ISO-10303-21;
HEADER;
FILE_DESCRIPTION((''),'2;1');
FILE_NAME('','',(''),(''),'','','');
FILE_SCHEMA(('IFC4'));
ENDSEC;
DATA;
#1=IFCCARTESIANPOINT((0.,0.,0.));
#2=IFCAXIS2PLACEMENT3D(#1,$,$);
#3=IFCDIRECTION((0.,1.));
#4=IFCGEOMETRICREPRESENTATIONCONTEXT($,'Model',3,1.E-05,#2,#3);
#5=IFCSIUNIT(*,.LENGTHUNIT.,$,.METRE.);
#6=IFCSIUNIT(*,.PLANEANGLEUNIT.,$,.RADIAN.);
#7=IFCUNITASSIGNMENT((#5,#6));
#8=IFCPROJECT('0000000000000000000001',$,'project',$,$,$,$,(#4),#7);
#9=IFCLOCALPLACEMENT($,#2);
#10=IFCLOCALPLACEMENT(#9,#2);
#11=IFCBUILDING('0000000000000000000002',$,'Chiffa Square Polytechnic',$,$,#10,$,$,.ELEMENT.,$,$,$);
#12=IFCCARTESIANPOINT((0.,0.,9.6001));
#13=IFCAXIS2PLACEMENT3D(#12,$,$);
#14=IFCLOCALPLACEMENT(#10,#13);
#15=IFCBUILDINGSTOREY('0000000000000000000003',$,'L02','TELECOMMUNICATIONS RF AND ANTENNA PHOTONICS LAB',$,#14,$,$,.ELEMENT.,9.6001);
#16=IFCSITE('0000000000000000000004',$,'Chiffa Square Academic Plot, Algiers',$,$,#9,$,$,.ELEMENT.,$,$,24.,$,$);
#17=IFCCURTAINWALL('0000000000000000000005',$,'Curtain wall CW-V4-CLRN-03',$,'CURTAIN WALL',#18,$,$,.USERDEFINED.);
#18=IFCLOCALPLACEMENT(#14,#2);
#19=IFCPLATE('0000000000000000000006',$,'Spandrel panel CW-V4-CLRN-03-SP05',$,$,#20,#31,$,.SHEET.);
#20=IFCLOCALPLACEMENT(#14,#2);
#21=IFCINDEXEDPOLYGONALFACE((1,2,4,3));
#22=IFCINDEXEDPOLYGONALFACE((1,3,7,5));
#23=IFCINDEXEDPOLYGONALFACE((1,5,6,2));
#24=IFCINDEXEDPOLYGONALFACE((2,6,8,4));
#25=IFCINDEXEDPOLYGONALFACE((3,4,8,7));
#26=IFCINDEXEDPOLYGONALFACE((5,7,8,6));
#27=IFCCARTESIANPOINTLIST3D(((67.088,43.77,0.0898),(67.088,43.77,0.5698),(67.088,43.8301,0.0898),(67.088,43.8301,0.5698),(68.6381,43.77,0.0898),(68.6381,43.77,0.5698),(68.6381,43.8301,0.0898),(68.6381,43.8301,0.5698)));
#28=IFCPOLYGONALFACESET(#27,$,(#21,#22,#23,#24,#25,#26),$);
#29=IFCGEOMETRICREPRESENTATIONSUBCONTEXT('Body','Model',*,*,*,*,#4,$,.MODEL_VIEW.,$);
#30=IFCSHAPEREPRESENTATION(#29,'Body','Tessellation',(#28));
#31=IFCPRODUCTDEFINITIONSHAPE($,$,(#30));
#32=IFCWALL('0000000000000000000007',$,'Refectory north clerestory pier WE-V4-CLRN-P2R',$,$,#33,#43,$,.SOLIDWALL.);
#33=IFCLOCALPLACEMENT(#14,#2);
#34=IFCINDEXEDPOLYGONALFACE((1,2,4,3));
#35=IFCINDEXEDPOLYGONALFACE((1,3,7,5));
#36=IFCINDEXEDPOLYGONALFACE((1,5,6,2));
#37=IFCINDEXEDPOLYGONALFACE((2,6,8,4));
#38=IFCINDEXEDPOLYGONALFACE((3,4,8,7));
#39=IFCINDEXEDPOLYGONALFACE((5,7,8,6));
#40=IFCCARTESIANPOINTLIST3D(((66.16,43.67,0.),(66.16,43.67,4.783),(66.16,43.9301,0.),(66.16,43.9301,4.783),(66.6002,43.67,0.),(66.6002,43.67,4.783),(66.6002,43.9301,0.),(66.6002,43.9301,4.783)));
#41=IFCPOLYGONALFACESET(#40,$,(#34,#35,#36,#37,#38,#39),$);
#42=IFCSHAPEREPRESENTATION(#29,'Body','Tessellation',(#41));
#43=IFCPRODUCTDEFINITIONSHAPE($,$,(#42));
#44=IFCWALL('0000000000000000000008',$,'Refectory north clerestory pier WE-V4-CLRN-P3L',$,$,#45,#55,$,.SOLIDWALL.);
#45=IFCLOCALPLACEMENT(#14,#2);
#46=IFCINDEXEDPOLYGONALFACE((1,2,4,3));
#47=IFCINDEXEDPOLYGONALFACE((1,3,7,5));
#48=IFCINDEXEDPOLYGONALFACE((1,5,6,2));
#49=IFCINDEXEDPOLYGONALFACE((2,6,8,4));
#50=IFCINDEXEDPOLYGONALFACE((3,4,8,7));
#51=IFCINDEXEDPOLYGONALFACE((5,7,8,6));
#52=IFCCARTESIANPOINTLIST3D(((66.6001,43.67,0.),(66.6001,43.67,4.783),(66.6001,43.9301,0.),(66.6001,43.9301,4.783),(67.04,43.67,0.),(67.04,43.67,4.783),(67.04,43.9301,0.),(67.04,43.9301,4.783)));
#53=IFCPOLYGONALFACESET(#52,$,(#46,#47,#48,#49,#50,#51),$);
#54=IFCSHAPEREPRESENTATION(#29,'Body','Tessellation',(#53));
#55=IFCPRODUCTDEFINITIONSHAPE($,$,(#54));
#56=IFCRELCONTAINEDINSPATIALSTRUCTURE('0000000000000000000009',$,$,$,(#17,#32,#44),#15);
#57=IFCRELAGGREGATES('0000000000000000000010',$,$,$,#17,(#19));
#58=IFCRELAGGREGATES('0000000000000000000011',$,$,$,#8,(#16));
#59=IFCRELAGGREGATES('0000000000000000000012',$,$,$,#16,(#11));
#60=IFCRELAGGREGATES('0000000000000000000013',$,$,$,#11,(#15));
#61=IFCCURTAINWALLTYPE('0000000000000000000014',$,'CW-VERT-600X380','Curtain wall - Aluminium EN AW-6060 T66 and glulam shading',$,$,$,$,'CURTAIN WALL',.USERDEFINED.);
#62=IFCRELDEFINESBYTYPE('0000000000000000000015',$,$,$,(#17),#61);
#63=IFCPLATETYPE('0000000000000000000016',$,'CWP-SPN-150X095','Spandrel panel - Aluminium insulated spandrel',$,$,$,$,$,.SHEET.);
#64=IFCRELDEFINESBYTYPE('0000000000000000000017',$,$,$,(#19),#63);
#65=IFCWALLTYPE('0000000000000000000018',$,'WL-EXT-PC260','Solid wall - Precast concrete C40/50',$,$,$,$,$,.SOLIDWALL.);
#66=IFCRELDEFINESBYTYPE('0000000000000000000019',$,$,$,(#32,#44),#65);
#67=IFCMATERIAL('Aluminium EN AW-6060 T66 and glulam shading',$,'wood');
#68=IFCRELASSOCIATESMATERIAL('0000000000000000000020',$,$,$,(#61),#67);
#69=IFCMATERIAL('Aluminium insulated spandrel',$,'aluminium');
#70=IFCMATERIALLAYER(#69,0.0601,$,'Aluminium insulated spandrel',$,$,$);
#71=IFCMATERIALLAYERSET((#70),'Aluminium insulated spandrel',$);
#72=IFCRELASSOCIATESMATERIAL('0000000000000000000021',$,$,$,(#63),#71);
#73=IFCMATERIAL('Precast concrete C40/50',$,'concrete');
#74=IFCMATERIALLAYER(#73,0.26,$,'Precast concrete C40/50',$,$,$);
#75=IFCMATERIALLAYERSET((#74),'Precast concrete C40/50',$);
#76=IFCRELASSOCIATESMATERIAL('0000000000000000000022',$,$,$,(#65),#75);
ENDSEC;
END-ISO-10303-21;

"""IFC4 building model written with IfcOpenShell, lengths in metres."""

from ifc_helpers import new_model, si_unit, direction, frame, frame_2d, origin, origin_2d, place, context, subcontext, project, spatial, rectangle, extrude, material, layer, layer_set, type_object, element, aggregate, save


model = new_model("IFC4")

# Units and contexts
model_context = context("Model", 3, precision=1e-05, world=origin(), true_north=direction((0.0, 1.0)))
body_context = subcontext(model_context, "Body", "Model", "MODEL_VIEW")
ifc_project = project(units=[si_unit("LENGTHUNIT", "METRE"), si_unit("PLANEANGLEUNIT", "RADIAN")], contexts=[model_context])

# Site, building, storey
site_placement = place(None, origin())
site = spatial("IfcSite", under=ifc_project, at=site_placement, Name="Chiffa Square Academic Plot, Algiers", CompositionType="ELEMENT", RefElevation=24.0)
building_placement = place(site_placement, origin())
building = spatial("IfcBuilding", under=site, at=building_placement, Name="Chiffa Square Polytechnic", CompositionType="ELEMENT")
storey_placement = place(building_placement, frame((0.0, 0.0, 9.6001)))
storey = spatial("IfcBuildingStorey", under=building, at=storey_placement, Name="L02", Description="TELECOMMUNICATIONS RF AND ANTENNA PHOTONICS LAB", CompositionType="ELEMENT", Elevation=9.6001)

# Curtain wall
ifc_material_1 = material(Name="Aluminium EN AW-6060 T66 and glulam shading", Category="wood")
curtain_wall_type_1 = type_object("IfcCurtainWallType", Name="CW-VERT-600X380", Description="Curtain wall - Aluminium EN AW-6060 T66 and glulam shading", ElementType="CURTAIN WALL", PredefinedType="USERDEFINED", material=ifc_material_1)
curtain_wall_1_placement = place(storey_placement, origin())
curtain_wall_1 = element("IfcCurtainWall", 1, at=curtain_wall_1_placement, inside=storey, type_object=curtain_wall_type_1, Name="Curtain wall CW-V4-CLRN-03", ObjectType="CURTAIN WALL", PredefinedType="USERDEFINED")

# Plate
ifc_material_2 = material(Name="Aluminium insulated spandrel", Category="aluminium")
ifc_layer_1 = layer(ifc_material_2, 0.0601, Name="Aluminium insulated spandrel")
ifc_layer_set_1 = layer_set([ifc_layer_1], Name="Aluminium insulated spandrel")
plate_type_1 = type_object("IfcPlateType", Name="CWP-SPN-150X095", Description="Spandrel panel - Aluminium insulated spandrel", PredefinedType="SHEET", material=ifc_layer_set_1)
plate_1_placement = place(storey_placement, frame((67.863, 43.8, 0.0898), z_axis=(0.0, 0.0, 1.0), x_axis=(-1.0, 0.0, 0.0)))
plate_1 = element("IfcPlate", 2, at=plate_1_placement, type_object=plate_type_1, Name="Spandrel panel CW-V4-CLRN-03-SP05", PredefinedType="SHEET", context=body_context, shape_type="SweptSolid", body=[
    extrude(rectangle(XDim=1.55, YDim=0.0601, at=origin_2d()), origin(), (0.0, 0.0, 1.0), 0.48),
])
aggregate(curtain_wall_1, [plate_1])

# Walls
ifc_material_3 = material(Name="Precast concrete C40/50", Category="concrete")
ifc_layer_2 = layer(ifc_material_3, 0.26, Name="Precast concrete C40/50")
ifc_layer_set_2 = layer_set([ifc_layer_2], Name="Precast concrete C40/50")
wall_type = type_object("IfcWallType", Name="WL-EXT-PC260", Description="Solid wall - Precast concrete C40/50", PredefinedType="SOLIDWALL", material=ifc_layer_set_2)
wall_1_placement = place(storey_placement, frame((66.1599, 43.8, 0.0), z_axis=(0.0, 0.0, 1.0), x_axis=(1.0, 0.0, 0.0)))
element("IfcWall", 3, at=wall_1_placement, inside=storey, type_object=wall_type, Name="Refectory north clerestory pier WE-V4-CLRN-P2R", PredefinedType="SOLIDWALL", context=body_context, shape_type="SweptSolid", body=[
    extrude(rectangle(XDim=0.4402, YDim=0.26, at=frame_2d((0.2202, 0.0))), origin(), (0.0, 0.0, 1.0), 4.783),
])
wall_2_placement = place(storey_placement, frame((66.6001, 43.8, 0.0), z_axis=(0.0, 0.0, 1.0), x_axis=(1.0, 0.0, 0.0)))
element("IfcWall", 4, at=wall_2_placement, inside=storey, type_object=wall_type, Name="Refectory north clerestory pier WE-V4-CLRN-P3L", PredefinedType="SOLIDWALL", context=body_context, shape_type="SweptSolid", body=[
    extrude(rectangle(XDim=0.4399, YDim=0.26, at=frame_2d((0.22, 0.0))), origin(), (0.0, 0.0, 1.0), 4.783),
])

save(model, "model.ifc")
